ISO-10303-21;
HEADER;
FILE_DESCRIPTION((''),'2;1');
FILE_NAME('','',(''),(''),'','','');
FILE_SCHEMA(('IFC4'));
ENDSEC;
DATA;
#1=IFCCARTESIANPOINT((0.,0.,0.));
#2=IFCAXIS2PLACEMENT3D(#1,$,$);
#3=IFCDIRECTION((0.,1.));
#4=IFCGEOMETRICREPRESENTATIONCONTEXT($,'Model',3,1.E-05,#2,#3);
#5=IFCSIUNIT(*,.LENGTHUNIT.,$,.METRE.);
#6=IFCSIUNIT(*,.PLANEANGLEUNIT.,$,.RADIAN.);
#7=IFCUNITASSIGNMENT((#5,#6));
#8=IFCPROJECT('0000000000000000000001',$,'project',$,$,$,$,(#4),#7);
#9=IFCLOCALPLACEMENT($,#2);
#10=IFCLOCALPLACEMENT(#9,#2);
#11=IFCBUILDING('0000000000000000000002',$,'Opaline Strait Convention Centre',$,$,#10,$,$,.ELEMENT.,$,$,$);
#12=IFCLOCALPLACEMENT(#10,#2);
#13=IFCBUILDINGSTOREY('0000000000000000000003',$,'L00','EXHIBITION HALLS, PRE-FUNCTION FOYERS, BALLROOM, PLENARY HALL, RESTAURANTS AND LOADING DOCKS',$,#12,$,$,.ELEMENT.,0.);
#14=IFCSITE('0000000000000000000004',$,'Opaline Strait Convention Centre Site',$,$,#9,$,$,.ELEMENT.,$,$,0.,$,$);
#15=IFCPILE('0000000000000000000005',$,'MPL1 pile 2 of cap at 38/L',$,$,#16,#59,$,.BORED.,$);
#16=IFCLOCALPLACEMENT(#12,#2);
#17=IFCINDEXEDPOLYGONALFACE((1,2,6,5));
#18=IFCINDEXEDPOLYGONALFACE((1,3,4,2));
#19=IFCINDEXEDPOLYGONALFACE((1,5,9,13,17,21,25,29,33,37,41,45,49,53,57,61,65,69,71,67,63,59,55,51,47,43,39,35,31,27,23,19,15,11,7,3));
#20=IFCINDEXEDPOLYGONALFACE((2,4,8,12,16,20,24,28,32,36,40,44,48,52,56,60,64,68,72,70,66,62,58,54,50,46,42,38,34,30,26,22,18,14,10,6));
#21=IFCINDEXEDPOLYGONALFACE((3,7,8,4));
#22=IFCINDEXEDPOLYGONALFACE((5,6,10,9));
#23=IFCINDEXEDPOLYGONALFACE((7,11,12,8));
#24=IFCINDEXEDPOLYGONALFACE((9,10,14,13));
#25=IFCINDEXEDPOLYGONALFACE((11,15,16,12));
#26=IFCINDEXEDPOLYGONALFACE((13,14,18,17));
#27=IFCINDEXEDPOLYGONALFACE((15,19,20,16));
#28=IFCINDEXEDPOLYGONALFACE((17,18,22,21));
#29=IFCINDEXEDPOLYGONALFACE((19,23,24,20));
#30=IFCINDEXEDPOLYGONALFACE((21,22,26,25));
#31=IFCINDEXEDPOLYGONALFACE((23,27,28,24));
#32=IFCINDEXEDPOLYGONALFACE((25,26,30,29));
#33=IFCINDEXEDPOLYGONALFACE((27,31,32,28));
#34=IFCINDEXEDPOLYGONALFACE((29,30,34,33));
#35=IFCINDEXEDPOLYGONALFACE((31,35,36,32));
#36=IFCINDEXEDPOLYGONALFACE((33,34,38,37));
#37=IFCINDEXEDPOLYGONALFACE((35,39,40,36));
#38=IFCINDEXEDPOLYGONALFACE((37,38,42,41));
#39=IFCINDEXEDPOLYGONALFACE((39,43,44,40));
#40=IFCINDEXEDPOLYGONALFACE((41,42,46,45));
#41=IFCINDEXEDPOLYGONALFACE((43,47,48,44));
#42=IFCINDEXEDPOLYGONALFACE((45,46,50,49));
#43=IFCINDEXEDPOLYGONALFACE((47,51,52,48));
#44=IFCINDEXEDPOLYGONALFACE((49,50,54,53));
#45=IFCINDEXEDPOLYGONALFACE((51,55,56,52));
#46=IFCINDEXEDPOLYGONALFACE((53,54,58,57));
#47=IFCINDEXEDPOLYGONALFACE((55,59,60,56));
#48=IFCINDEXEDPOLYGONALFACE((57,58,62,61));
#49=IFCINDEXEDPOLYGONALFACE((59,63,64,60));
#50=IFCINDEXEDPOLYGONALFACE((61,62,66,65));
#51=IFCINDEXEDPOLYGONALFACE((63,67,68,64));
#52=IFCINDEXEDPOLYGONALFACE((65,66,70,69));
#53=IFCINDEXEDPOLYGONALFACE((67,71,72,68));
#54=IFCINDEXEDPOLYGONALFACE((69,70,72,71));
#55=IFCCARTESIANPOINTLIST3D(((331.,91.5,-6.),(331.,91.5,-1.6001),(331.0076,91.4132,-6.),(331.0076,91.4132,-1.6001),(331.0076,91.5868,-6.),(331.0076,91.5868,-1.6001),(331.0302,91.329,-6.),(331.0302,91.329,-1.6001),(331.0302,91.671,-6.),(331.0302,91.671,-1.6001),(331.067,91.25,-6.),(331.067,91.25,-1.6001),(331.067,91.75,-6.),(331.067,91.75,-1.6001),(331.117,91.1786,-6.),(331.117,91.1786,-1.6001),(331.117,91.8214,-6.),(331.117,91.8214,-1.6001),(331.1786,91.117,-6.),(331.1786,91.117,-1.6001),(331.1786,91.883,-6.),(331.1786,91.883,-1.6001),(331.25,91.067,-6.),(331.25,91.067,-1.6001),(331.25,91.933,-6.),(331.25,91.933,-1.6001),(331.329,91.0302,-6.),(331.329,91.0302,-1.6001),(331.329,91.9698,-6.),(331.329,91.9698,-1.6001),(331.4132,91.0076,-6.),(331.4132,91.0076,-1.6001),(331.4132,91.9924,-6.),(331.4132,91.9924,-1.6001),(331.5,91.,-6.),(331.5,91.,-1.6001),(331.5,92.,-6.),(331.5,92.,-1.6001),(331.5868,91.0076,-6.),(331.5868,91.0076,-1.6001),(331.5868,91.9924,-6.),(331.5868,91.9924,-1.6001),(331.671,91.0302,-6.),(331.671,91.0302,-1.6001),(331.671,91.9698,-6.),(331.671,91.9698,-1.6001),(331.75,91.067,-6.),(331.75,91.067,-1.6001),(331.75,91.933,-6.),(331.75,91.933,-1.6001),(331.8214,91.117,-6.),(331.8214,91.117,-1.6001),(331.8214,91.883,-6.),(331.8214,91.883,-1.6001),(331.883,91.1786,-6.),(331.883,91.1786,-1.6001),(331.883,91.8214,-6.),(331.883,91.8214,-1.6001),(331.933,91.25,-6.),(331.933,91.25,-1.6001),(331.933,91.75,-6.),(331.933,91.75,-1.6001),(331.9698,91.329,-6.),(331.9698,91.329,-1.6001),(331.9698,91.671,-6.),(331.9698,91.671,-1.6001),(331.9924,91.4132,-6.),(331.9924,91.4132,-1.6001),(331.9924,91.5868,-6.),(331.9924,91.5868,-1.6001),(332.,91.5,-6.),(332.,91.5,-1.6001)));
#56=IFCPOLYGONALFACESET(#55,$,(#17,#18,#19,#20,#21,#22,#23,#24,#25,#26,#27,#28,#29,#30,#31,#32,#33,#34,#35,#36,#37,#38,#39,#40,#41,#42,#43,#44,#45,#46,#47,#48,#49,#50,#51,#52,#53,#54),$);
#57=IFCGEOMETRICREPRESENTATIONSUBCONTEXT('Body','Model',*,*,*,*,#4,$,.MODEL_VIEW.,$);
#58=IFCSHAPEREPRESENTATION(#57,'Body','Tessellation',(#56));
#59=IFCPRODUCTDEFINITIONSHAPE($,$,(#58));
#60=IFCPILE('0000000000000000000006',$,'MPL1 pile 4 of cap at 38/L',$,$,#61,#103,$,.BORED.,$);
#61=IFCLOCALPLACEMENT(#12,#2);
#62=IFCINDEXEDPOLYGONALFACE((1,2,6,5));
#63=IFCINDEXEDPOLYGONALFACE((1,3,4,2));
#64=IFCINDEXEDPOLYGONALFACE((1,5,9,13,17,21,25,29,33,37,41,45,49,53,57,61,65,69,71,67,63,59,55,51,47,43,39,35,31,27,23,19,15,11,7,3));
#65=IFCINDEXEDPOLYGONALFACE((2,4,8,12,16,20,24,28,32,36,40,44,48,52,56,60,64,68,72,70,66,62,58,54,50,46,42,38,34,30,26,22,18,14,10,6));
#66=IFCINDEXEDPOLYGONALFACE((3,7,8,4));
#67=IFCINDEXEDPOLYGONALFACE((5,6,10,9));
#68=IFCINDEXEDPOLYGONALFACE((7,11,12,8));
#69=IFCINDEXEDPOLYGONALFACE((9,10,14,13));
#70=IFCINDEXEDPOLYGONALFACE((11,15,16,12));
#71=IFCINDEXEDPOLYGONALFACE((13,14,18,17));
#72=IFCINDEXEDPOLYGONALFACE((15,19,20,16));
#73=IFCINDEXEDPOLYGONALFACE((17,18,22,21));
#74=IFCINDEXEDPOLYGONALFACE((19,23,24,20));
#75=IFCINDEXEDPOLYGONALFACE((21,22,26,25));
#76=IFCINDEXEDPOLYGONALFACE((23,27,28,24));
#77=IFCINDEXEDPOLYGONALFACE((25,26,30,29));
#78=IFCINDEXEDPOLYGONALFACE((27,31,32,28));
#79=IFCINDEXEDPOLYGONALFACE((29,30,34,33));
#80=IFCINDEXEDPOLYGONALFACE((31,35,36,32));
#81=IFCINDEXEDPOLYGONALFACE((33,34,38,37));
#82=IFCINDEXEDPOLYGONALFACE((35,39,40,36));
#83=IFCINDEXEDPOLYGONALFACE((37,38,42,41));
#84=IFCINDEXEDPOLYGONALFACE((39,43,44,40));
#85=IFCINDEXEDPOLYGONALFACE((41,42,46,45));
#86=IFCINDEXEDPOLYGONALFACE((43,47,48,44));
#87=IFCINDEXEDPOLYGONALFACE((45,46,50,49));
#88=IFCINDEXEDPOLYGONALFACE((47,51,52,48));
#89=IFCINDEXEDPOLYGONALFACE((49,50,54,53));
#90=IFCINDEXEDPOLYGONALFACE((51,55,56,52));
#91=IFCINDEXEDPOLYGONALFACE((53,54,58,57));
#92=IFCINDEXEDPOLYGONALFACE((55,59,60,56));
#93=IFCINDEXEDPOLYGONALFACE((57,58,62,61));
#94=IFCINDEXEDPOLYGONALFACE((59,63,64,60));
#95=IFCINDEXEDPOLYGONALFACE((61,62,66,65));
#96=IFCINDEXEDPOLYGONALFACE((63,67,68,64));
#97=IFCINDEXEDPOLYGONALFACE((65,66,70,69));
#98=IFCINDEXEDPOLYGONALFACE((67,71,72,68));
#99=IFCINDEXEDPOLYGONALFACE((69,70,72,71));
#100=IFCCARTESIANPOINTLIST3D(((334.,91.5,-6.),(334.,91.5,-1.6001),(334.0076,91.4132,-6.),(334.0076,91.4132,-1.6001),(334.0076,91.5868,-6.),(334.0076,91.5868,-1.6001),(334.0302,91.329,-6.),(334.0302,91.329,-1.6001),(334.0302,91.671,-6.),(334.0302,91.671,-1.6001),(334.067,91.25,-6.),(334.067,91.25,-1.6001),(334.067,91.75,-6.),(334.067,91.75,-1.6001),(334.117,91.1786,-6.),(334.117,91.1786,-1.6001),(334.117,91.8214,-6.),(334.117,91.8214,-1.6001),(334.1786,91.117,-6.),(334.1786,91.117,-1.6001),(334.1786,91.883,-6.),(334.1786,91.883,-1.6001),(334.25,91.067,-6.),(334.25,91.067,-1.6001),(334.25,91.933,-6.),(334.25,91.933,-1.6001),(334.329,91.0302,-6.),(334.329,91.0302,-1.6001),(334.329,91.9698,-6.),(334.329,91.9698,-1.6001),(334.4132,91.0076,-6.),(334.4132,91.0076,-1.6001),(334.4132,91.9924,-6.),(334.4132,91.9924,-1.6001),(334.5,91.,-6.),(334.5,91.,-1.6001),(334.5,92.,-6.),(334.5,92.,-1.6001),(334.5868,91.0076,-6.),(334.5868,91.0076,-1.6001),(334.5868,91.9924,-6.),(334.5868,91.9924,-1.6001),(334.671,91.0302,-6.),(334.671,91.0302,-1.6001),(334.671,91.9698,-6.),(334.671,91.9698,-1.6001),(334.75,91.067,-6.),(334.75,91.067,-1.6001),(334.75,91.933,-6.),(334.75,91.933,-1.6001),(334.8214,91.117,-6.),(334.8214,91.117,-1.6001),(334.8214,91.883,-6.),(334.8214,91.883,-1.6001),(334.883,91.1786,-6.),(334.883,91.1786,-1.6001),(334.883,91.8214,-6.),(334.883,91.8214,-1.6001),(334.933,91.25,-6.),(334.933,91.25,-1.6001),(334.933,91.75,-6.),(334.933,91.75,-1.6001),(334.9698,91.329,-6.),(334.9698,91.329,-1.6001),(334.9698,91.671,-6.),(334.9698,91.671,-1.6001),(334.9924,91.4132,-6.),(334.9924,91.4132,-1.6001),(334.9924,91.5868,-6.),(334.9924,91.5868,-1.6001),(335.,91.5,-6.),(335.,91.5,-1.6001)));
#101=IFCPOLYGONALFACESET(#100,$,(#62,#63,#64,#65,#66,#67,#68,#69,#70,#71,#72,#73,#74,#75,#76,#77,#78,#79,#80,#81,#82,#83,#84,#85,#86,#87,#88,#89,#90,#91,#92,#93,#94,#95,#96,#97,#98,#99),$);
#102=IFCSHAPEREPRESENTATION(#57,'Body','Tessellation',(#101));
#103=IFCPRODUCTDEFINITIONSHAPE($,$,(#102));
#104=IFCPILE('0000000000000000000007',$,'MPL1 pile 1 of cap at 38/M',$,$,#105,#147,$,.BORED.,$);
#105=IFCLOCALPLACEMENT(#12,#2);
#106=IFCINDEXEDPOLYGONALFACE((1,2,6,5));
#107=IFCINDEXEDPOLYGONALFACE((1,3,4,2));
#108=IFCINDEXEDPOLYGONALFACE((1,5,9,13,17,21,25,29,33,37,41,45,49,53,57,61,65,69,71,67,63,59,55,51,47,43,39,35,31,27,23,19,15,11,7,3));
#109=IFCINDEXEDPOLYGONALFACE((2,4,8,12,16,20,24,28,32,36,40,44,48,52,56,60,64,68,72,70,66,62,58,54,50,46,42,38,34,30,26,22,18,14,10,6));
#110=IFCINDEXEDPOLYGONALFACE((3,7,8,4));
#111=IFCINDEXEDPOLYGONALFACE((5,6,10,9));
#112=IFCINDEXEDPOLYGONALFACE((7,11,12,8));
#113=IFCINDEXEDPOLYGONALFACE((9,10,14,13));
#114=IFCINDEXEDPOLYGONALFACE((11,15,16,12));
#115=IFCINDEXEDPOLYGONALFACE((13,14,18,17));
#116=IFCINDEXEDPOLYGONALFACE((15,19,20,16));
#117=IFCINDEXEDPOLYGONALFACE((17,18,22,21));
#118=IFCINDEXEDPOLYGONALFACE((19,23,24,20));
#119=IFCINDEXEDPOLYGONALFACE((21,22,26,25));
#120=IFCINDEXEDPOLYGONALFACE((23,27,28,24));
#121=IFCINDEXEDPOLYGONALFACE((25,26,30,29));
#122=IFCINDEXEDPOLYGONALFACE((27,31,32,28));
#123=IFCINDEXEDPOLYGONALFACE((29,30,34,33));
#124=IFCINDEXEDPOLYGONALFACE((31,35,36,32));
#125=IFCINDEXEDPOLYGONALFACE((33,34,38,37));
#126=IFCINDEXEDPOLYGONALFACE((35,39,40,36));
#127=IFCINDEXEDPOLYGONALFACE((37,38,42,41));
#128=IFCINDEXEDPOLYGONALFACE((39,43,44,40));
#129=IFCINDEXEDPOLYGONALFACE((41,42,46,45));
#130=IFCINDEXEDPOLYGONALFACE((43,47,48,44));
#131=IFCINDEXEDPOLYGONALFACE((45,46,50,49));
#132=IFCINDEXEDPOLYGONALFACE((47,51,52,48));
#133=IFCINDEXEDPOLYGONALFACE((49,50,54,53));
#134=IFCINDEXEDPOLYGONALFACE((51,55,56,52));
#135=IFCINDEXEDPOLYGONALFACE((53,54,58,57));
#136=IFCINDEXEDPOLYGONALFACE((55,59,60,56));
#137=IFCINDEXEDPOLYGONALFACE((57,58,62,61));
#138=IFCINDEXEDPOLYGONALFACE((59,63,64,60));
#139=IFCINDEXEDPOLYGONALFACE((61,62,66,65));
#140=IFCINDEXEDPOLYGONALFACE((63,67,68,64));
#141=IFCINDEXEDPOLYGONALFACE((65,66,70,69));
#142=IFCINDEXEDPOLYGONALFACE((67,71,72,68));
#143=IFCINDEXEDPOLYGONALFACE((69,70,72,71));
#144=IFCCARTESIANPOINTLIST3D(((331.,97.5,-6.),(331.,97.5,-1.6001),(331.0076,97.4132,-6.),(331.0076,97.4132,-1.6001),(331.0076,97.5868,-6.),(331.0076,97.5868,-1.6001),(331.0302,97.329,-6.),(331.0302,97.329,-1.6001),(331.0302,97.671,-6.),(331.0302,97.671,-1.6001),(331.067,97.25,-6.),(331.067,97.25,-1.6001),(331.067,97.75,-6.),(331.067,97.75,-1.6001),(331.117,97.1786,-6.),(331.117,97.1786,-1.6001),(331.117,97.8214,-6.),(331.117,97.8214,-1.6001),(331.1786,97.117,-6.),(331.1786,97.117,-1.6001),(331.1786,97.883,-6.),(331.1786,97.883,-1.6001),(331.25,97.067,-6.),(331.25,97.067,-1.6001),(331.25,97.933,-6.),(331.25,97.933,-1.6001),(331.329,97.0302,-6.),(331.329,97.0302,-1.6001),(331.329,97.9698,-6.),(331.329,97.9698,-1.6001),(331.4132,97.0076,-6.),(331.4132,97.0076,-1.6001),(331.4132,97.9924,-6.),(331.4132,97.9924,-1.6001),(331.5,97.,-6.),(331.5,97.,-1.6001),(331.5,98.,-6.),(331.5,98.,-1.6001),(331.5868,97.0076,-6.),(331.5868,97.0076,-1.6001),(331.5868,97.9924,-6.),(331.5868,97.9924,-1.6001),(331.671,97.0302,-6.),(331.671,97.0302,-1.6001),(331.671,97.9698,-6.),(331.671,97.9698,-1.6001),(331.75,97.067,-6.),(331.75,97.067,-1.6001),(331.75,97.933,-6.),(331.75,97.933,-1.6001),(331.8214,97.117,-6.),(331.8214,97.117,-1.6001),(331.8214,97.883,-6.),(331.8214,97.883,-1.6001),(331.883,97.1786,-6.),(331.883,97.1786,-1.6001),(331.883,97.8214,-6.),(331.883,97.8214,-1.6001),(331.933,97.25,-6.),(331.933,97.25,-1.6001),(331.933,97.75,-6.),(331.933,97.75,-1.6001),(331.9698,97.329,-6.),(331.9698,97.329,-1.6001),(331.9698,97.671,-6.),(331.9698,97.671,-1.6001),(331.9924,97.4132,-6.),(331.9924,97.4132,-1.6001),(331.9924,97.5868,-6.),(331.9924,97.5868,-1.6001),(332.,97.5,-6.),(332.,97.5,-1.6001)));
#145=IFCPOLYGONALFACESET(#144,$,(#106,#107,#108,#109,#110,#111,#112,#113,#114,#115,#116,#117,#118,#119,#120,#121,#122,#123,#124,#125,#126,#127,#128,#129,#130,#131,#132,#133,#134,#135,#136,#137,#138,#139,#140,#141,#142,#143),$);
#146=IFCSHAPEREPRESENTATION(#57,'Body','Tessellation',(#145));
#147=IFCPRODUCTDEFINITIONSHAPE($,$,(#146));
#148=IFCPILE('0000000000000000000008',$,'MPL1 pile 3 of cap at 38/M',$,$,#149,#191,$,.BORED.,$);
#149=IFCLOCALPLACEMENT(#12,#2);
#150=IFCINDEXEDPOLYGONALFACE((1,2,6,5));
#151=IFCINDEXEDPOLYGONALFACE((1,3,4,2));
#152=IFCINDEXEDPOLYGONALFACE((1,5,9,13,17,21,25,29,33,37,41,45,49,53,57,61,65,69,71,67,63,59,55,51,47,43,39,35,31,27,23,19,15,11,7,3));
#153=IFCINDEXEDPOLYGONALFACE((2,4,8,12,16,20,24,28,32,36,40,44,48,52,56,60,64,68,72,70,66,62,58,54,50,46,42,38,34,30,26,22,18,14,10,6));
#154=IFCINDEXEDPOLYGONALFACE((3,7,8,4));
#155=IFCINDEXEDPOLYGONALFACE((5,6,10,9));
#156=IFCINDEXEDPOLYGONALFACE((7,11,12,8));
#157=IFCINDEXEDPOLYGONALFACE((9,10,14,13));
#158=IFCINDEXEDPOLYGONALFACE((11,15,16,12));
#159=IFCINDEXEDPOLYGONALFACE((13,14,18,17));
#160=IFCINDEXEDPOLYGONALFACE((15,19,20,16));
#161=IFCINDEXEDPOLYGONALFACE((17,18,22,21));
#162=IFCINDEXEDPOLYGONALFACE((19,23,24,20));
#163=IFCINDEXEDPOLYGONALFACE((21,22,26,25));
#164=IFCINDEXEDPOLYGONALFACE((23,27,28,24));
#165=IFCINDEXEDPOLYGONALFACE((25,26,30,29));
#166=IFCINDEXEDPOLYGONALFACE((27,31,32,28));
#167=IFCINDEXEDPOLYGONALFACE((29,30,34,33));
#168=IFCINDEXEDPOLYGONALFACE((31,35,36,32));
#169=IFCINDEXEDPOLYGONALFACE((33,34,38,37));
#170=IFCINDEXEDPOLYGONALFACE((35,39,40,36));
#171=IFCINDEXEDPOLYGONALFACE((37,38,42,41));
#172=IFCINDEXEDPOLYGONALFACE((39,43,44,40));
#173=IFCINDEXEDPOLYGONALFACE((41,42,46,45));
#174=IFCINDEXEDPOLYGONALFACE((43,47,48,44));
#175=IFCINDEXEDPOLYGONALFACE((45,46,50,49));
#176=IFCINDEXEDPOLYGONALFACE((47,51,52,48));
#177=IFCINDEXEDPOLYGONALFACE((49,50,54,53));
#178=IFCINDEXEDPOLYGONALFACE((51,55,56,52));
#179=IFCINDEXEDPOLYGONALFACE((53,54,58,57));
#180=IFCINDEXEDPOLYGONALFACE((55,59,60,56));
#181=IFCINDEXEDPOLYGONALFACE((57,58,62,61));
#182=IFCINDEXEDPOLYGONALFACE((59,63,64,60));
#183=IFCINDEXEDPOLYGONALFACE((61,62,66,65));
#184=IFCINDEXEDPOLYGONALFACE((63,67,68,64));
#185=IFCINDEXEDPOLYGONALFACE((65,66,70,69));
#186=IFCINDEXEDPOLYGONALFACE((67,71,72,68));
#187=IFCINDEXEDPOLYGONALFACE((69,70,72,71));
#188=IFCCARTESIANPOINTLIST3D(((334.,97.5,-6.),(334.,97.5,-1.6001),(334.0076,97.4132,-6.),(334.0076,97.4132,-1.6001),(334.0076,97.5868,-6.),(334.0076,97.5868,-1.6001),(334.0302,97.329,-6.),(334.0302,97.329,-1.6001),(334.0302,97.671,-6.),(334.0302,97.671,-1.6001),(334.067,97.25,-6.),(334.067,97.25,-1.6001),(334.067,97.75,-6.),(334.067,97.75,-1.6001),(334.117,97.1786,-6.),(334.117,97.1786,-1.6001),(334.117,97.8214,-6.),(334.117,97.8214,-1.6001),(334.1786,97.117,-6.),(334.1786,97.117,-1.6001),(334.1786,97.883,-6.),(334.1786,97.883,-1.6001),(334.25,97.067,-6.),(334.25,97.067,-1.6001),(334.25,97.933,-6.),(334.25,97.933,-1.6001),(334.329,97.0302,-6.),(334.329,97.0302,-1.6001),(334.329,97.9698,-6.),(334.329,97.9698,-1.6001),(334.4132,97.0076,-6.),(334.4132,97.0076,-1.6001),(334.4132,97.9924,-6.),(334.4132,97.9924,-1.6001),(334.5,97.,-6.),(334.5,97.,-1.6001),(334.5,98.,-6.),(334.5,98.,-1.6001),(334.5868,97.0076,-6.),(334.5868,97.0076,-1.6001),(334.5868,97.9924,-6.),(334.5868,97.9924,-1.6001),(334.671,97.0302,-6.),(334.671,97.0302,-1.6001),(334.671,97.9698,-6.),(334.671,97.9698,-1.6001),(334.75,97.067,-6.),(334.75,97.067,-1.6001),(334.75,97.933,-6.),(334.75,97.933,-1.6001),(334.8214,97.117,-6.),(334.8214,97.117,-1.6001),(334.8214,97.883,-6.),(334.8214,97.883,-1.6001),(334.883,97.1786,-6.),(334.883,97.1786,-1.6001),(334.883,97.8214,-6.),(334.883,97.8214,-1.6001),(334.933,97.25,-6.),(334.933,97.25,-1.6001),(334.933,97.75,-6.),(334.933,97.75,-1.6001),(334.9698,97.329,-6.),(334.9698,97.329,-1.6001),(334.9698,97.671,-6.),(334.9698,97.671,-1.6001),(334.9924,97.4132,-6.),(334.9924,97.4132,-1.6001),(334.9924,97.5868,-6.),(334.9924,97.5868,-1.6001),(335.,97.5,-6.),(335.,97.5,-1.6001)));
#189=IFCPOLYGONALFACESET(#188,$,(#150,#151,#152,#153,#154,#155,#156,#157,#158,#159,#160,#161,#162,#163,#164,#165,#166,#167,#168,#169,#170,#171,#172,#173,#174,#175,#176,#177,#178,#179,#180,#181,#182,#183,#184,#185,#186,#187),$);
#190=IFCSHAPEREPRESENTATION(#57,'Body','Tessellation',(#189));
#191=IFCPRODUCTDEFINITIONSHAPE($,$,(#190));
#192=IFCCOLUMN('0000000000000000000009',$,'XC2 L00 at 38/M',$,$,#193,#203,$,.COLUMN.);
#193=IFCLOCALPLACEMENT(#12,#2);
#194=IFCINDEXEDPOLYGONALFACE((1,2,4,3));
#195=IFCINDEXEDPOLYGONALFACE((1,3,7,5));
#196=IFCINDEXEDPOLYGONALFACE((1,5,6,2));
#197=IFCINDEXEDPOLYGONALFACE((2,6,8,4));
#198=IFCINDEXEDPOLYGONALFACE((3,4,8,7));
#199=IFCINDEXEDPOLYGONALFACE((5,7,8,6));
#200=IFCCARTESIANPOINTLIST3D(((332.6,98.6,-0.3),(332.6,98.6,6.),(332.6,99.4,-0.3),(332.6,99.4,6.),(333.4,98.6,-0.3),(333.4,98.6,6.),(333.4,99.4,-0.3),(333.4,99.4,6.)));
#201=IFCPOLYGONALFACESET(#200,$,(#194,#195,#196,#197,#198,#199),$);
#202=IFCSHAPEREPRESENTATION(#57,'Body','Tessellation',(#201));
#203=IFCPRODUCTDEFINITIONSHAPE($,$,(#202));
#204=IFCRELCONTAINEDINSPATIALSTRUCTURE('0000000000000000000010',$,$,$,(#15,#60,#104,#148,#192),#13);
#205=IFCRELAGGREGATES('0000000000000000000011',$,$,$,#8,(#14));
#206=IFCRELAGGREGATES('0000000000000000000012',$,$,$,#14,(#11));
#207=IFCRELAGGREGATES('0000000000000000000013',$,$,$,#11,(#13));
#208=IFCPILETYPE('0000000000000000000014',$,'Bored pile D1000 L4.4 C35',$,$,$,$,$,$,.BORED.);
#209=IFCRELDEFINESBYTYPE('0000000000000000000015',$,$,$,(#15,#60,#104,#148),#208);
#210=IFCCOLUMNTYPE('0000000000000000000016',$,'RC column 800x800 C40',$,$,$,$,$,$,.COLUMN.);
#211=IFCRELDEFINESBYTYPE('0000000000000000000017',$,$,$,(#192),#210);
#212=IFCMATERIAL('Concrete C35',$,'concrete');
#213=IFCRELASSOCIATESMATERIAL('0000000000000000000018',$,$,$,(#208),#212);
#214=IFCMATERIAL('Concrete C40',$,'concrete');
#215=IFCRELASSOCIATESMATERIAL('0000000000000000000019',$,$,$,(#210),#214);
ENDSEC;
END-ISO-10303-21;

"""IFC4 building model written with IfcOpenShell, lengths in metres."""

from ifc_helpers import new_model, si_unit, direction, frame, origin, origin_2d, place, context, subcontext, project, spatial, rectangle, circle, extrude, material, material_profile, profile_set, type_object, element, save


model = new_model("IFC4")

# Units and contexts
model_context = context("Model", 3, precision=1e-05, world=origin(), true_north=direction((0.0, 1.0)))
body_context = subcontext(model_context, "Body", "Model", "MODEL_VIEW")
ifc_project = project(units=[si_unit("LENGTHUNIT", "METRE"), si_unit("PLANEANGLEUNIT", "RADIAN")], contexts=[model_context])

# Site, building, storey
site_placement = place(None, origin())
site = spatial("IfcSite", under=ifc_project, at=site_placement, Name="Opaline Strait Convention Centre Site", CompositionType="ELEMENT", RefElevation=0.0)
building_placement = place(site_placement, origin())
building = spatial("IfcBuilding", under=site, at=building_placement, Name="Opaline Strait Convention Centre", CompositionType="ELEMENT")
storey_placement = place(building_placement, origin())
storey = spatial("IfcBuildingStorey", under=building, at=storey_placement, Name="L00", Description="EXHIBITION HALLS, PRE-FUNCTION FOYERS, BALLROOM, PLENARY HALL, RESTAURANTS AND LOADING DOCKS", CompositionType="ELEMENT", Elevation=0.0)

# Piles
ifc_material_1 = material(Name="Concrete C35", Category="concrete")
ifc_material_profile_1 = material_profile(ifc_material_1, circle(Radius=0.5, at=origin_2d()), Name="D1000")
ifc_profile_set_1 = profile_set([ifc_material_profile_1], Name="Concrete C35")
pile_type = type_object("IfcPileType", Name="Bored pile D1000 L4.4 C35", PredefinedType="BORED", material=ifc_profile_set_1)
for number, where, z_axis, x_axis, name in (
    (1, (331.5, 91.5, -1.6001), (0.0, 0.0, -1.0), (1.0, 0.0, 0.0), "MPL1 pile 2 of cap at 38/L"),
    (2, (334.5, 91.5, -1.6001), (0.0, 0.0, -1.0), (1.0, 0.0, 0.0), "MPL1 pile 4 of cap at 38/L"),
    (3, (331.5, 97.5, -1.6001), (0.0, 0.0, -1.0), (1.0, 0.0, 0.0), "MPL1 pile 1 of cap at 38/M"),
    (4, (334.5, 97.5, -1.6001), (0.0, 0.0, -1.0), (1.0, 0.0, 0.0), "MPL1 pile 3 of cap at 38/M"),
):
    element("IfcPile", number, at=place(storey_placement, frame(where, z_axis=z_axis, x_axis=x_axis)), inside=storey, type_object=pile_type, Name=name, PredefinedType="BORED", context=body_context, shape_type="SweptSolid", body=[
        extrude(circle(Radius=0.5, at=origin_2d()), origin(), (0.0, 0.0, 1.0), 4.3999),
    ])

# Column
ifc_material_2 = material(Name="Concrete C40", Category="concrete")
ifc_material_profile_2 = material_profile(ifc_material_2, rectangle(XDim=0.8, YDim=0.8, at=origin_2d()), Name="RC 800x800")
ifc_profile_set_2 = profile_set([ifc_material_profile_2], Name="Concrete C40")
column_type = type_object("IfcColumnType", Name="RC column 800x800 C40", PredefinedType="COLUMN", material=ifc_profile_set_2)
column_placement = place(storey_placement, frame((333.0, 99.0, -0.3), z_axis=(0.0, 0.0, 1.0), x_axis=(1.0, 0.0, 0.0)))
element("IfcColumn", 5, at=column_placement, inside=storey, type_object=column_type, Name="XC2 L00 at 38/M", PredefinedType="COLUMN", context=body_context, shape_type="SweptSolid", body=[
    extrude(rectangle(XDim=0.8, YDim=0.8, at=origin_2d()), origin(), (0.0, 0.0, 1.0), 6.3),
])

save(model, "model.ifc")
